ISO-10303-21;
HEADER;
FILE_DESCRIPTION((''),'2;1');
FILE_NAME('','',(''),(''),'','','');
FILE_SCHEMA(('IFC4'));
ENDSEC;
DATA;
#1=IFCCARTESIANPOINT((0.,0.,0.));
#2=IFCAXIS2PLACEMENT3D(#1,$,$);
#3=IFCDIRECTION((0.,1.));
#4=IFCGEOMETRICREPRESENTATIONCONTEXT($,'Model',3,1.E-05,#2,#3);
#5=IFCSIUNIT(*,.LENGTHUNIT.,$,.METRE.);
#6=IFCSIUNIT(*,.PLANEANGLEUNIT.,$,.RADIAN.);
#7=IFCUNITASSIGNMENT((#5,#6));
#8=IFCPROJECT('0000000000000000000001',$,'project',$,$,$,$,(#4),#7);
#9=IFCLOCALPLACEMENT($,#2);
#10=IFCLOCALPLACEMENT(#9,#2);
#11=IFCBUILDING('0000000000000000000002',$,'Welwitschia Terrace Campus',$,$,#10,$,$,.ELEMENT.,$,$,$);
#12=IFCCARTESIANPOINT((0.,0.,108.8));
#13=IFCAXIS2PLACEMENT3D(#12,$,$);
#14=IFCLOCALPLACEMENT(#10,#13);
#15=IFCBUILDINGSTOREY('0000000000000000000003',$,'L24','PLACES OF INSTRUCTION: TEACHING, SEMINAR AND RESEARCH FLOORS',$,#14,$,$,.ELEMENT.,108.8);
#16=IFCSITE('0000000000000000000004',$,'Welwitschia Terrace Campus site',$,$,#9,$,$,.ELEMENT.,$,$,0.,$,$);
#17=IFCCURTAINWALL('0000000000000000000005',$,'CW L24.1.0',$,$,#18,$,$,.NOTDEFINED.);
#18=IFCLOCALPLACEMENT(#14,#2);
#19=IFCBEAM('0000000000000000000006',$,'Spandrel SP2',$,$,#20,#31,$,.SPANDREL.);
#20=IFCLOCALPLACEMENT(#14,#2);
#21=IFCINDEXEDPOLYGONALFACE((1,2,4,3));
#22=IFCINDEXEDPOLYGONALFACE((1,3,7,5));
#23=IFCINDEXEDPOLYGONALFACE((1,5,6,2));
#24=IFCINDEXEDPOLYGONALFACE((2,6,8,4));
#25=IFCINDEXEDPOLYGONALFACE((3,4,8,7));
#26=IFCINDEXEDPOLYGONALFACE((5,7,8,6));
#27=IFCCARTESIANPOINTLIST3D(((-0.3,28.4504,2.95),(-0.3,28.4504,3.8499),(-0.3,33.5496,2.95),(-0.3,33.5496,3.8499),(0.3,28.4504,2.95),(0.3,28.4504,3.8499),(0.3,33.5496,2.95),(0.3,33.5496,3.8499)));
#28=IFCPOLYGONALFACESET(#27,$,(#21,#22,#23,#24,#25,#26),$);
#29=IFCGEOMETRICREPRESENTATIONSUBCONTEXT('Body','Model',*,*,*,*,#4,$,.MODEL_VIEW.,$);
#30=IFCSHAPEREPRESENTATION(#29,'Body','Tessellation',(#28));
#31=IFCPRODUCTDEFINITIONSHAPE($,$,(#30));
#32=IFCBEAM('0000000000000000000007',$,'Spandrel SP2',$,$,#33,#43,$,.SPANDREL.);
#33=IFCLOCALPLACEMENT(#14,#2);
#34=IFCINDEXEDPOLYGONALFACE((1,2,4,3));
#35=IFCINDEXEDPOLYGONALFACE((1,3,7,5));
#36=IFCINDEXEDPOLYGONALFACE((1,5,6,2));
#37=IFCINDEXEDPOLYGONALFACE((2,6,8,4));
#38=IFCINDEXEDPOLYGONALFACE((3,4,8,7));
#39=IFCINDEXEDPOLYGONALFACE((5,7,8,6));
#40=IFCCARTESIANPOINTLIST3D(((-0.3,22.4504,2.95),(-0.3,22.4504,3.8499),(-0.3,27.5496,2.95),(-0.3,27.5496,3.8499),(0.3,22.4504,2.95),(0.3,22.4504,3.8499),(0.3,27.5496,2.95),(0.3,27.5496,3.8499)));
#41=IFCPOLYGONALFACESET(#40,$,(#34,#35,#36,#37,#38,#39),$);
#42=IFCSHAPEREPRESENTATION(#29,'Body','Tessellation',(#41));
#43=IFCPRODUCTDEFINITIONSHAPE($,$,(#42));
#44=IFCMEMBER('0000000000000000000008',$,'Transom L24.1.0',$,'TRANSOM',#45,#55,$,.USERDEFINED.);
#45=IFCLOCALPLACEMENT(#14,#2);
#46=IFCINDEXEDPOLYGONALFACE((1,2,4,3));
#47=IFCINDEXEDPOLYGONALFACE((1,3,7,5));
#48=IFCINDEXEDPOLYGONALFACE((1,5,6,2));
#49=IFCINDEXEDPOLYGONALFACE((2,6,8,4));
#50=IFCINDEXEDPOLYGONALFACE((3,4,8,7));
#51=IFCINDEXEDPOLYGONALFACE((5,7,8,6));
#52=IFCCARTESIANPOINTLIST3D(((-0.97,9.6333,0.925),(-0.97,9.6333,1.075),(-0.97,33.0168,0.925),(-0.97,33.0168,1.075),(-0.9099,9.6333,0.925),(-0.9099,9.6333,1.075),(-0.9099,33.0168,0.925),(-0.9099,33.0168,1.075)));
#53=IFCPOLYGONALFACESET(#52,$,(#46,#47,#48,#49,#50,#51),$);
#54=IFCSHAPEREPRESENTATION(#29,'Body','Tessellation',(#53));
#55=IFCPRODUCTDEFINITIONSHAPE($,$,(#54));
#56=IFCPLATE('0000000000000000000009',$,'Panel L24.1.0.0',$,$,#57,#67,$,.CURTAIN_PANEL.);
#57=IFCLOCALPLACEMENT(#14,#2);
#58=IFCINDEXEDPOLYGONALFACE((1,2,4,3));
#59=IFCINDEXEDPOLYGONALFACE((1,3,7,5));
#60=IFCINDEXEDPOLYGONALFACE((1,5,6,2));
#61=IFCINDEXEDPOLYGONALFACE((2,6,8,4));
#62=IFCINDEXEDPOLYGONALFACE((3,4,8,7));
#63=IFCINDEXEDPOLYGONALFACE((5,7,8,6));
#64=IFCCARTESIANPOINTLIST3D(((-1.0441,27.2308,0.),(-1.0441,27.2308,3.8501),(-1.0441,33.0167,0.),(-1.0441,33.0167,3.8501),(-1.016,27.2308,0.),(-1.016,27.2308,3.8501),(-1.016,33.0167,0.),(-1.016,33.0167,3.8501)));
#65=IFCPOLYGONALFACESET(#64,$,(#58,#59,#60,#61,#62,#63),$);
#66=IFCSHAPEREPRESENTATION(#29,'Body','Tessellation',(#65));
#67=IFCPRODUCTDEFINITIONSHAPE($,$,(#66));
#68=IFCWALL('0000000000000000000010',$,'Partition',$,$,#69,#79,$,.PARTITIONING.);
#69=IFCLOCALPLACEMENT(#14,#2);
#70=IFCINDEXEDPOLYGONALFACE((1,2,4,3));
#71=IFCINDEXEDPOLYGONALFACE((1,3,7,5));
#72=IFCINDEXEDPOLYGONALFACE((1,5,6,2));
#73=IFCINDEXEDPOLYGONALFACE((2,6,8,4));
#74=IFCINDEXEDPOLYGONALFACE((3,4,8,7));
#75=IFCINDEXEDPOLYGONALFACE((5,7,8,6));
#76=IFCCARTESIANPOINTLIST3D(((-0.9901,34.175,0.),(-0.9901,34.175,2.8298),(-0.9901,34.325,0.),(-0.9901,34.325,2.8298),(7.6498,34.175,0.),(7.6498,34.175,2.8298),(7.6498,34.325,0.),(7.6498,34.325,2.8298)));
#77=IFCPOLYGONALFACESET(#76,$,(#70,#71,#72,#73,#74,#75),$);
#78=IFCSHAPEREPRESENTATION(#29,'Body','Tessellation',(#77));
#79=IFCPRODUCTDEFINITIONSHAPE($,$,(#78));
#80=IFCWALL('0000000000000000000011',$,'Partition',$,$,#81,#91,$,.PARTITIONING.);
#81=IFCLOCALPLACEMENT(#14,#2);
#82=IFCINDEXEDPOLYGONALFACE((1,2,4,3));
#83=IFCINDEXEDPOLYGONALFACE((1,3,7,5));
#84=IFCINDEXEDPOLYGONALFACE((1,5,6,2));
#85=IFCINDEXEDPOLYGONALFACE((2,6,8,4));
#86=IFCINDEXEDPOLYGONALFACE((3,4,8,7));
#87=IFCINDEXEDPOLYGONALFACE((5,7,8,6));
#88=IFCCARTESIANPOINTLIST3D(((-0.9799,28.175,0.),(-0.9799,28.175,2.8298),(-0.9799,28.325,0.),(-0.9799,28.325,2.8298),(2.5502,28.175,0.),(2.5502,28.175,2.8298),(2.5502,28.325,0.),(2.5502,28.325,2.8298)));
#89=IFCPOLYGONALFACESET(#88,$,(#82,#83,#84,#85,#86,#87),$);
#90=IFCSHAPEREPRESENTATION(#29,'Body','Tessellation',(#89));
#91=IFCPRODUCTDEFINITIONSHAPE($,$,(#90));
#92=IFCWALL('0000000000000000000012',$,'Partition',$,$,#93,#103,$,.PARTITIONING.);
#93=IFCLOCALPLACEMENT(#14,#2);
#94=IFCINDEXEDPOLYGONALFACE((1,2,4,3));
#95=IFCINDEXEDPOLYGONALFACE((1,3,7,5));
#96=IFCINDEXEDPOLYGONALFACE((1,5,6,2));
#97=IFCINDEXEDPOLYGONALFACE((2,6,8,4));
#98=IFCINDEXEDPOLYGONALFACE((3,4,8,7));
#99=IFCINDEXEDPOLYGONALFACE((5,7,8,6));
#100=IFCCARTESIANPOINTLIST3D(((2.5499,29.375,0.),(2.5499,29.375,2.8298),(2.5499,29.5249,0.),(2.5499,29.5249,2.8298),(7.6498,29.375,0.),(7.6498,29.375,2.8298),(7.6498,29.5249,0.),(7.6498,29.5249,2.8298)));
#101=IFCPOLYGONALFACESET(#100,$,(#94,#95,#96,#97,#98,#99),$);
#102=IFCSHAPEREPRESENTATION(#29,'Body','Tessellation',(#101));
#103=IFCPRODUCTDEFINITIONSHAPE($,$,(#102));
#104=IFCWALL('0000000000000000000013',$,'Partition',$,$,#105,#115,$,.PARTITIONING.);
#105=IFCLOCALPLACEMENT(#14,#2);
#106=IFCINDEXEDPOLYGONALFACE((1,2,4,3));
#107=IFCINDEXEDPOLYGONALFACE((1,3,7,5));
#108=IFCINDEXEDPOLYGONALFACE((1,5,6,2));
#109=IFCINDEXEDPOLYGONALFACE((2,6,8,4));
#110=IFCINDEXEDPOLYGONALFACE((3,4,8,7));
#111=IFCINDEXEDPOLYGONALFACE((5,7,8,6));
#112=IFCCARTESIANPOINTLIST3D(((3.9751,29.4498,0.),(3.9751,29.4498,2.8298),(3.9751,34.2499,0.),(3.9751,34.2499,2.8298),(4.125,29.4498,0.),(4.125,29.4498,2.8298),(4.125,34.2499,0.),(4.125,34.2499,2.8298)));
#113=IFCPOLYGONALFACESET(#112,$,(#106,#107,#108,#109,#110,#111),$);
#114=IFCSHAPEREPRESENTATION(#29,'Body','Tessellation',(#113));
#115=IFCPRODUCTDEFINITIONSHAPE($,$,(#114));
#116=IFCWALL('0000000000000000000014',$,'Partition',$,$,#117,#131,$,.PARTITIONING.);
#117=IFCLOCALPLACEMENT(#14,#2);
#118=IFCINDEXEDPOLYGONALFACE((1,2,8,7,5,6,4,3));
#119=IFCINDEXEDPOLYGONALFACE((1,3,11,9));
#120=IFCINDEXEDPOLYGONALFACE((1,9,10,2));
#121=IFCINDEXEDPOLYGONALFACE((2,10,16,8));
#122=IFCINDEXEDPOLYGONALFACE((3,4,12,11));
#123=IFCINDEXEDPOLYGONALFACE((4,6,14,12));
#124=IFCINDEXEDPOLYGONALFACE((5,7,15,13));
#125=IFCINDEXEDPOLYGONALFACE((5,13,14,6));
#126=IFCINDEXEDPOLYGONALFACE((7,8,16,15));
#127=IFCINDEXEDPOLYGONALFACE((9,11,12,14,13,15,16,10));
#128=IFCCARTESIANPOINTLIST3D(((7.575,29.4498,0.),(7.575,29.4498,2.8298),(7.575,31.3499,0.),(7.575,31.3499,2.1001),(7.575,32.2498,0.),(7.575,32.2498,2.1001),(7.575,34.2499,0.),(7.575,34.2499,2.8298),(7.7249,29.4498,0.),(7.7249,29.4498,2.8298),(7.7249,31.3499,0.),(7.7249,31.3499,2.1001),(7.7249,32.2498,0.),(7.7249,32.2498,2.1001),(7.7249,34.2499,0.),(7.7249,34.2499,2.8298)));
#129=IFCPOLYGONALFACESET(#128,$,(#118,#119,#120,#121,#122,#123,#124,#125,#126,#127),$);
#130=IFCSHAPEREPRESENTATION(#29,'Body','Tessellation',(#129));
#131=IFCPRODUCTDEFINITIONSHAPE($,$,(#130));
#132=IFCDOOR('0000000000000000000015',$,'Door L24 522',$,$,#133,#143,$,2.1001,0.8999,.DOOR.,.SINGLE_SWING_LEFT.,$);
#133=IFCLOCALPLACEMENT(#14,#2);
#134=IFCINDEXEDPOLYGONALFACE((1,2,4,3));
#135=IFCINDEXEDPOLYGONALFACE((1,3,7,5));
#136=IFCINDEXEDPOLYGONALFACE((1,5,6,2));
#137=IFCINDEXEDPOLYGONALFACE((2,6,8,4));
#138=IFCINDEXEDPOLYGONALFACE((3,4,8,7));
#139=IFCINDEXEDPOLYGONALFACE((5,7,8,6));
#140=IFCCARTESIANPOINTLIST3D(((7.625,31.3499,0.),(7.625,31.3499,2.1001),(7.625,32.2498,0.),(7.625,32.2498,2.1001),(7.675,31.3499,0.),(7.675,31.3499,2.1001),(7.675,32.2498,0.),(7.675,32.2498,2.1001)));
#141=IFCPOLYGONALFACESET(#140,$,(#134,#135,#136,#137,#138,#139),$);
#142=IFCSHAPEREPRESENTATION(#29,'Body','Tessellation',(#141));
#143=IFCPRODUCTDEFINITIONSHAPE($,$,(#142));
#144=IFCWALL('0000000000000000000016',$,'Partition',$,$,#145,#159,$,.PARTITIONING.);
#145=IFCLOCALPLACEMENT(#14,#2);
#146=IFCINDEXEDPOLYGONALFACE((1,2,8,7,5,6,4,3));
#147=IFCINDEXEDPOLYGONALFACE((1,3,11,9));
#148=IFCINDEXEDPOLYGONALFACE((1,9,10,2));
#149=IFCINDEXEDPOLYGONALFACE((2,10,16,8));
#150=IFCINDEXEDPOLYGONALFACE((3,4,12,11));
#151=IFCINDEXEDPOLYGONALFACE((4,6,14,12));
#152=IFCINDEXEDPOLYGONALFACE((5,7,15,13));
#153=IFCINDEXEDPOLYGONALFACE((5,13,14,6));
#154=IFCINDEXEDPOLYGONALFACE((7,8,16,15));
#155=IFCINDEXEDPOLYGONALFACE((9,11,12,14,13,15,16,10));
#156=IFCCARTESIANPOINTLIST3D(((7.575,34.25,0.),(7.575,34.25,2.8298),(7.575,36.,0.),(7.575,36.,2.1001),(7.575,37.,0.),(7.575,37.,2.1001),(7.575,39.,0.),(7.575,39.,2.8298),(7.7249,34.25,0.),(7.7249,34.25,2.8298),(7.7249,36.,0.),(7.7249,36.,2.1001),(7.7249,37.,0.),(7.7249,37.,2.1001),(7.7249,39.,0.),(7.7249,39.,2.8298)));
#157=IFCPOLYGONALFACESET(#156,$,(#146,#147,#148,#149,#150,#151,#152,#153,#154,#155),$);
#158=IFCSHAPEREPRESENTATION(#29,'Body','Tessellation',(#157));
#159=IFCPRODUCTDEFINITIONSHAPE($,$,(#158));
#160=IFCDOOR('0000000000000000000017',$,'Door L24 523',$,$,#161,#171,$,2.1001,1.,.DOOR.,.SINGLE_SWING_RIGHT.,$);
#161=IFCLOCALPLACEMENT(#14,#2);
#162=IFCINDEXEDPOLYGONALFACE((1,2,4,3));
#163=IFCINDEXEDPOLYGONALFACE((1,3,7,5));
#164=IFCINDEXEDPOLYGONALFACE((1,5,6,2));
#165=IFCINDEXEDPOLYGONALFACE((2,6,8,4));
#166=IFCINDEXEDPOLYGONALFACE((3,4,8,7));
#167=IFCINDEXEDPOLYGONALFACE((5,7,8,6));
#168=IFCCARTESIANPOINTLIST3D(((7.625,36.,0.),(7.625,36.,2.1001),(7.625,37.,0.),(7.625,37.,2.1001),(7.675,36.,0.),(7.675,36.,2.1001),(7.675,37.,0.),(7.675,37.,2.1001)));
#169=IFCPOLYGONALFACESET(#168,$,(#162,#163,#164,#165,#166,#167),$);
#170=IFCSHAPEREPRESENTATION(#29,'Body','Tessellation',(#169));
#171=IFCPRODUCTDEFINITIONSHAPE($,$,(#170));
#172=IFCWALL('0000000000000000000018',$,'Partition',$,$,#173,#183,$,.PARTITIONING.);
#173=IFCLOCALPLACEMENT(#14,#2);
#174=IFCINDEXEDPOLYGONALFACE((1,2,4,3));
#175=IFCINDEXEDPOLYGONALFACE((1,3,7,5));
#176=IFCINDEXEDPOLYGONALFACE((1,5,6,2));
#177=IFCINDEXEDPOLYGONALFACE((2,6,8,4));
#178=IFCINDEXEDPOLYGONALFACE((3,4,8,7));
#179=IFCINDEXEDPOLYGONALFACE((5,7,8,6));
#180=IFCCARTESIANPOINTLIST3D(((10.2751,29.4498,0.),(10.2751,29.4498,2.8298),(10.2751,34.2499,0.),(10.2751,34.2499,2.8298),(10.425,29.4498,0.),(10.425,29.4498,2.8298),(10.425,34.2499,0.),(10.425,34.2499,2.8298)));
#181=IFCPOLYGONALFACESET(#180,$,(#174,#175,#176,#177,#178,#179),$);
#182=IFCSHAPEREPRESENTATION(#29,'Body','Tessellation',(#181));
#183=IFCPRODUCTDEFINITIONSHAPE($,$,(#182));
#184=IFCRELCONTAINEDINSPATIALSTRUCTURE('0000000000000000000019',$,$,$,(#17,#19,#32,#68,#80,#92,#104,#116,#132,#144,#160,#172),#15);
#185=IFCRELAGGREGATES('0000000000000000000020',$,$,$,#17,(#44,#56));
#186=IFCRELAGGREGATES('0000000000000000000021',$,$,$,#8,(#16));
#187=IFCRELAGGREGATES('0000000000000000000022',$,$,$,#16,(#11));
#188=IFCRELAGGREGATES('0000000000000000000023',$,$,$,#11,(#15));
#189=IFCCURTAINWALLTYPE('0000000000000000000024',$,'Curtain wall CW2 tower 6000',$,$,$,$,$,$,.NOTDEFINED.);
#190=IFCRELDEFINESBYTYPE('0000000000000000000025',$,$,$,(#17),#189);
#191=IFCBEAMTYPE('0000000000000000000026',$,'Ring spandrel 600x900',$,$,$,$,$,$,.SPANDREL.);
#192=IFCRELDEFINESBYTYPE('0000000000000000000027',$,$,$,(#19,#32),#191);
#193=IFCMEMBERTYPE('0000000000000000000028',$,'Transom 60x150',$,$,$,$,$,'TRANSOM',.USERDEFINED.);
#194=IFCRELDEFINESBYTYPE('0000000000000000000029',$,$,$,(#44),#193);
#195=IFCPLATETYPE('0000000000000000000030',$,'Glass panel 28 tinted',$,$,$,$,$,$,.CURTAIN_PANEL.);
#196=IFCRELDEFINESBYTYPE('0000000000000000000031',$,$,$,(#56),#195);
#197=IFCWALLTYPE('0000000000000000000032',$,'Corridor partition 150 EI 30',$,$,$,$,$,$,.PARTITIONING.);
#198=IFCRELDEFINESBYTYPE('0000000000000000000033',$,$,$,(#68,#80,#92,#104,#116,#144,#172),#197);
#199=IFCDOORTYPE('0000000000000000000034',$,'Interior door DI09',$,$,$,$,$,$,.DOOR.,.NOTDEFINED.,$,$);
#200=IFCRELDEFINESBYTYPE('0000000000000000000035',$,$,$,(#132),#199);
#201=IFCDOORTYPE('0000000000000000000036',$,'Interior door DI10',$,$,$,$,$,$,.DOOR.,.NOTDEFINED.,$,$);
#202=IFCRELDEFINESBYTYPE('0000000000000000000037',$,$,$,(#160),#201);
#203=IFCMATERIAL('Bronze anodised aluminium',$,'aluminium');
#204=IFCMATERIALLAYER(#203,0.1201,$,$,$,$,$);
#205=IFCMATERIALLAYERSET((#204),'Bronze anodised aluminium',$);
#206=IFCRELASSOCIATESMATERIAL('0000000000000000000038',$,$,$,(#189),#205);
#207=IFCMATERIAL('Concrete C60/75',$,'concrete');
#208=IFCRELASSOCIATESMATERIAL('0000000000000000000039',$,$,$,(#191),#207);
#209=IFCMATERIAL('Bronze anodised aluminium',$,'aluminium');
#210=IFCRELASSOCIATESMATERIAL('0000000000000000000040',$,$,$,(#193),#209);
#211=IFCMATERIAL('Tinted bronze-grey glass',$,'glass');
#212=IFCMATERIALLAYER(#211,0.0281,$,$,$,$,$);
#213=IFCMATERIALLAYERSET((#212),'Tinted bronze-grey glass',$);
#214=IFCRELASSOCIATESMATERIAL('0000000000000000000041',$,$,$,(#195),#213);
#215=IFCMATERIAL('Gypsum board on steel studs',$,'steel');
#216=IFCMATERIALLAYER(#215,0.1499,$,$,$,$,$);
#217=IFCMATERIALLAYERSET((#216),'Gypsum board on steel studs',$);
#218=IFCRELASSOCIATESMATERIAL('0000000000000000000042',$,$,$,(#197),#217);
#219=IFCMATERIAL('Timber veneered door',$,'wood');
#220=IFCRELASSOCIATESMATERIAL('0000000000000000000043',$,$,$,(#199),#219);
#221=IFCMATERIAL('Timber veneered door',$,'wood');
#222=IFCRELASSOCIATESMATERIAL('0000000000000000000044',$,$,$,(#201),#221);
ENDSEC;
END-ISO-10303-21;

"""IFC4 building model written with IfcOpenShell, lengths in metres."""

from ifc_helpers import new_model, si_unit, direction, frame, frame_2d, origin, origin_2d, place, context, subcontext, project, spatial, rectangle, extrude, material, layer, layer_set, material_profile, profile_set, type_object, element, fill, aggregate, save


model = new_model("IFC4")

# Units and contexts
model_context = context("Model", 3, precision=1e-05, world=origin(), true_north=direction((0.0, 1.0)))
body_context = subcontext(model_context, "Body", "Model", "MODEL_VIEW")
ifc_project = project(units=[si_unit("LENGTHUNIT", "METRE"), si_unit("PLANEANGLEUNIT", "RADIAN")], contexts=[model_context])

# Site, building, storey
site_placement = place(None, origin())
site = spatial("IfcSite", under=ifc_project, at=site_placement, Name="Welwitschia Terrace Campus site", CompositionType="ELEMENT", RefElevation=0.0)
building_placement = place(site_placement, origin())
building = spatial("IfcBuilding", under=site, at=building_placement, Name="Welwitschia Terrace Campus", CompositionType="ELEMENT")
storey_placement = place(building_placement, frame((0.0, 0.0, 108.8)))
storey = spatial("IfcBuildingStorey", under=building, at=storey_placement, Name="L24", Description="PLACES OF INSTRUCTION: TEACHING, SEMINAR AND RESEARCH FLOORS", CompositionType="ELEMENT", Elevation=108.8)

# Shared definitions
ifc_material_1 = material(Name="Bronze anodised aluminium", Category="aluminium")
ifc_layer_1 = layer(ifc_material_1, 0.1201)
ifc_layer_set_1 = layer_set([ifc_layer_1], Name="Bronze anodised aluminium")
curtain_wall_type = type_object("IfcCurtainWallType", Name="Curtain wall CW2 tower 6000", PredefinedType="NOTDEFINED", material=ifc_layer_set_1)

# Curtain wall
curtain_wall_1_placement = place(storey_placement, origin())
curtain_wall_1 = element("IfcCurtainWall", 1, at=curtain_wall_1_placement, inside=storey, type_object=curtain_wall_type, Name="CW L24.1.0", PredefinedType="NOTDEFINED")

# Beams
ifc_material_2 = material(Name="Concrete C60/75", Category="concrete")
ifc_material_profile_1 = material_profile(ifc_material_2, rectangle(XDim=0.6001, YDim=0.8999, at=origin_2d()))
ifc_profile_set_1 = profile_set([ifc_material_profile_1], Name="Concrete C60/75")
beam_type_1 = type_object("IfcBeamType", Name="Ring spandrel 600x900", PredefinedType="SPANDREL", material=ifc_profile_set_1)
for number, where, z_axis, x_axis, name in (
    (2, (0.0, 33.5496, 3.3999), (0.0, -1.0, 0.0), (1.0, 0.0, 0.0), "Spandrel SP2"),
    (3, (0.0, 27.5496, 3.3999), (0.0, -1.0, 0.0), (1.0, 0.0, 0.0), "Spandrel SP2"),
):
    element("IfcBeam", number, at=place(storey_placement, frame(where, z_axis=z_axis, x_axis=x_axis)), inside=storey, type_object=beam_type_1, Name=name, PredefinedType="SPANDREL", context=body_context, shape_type="SweptSolid", body=[
        extrude(rectangle(XDim=0.6001, YDim=0.8999, at=origin_2d()), origin(), (0.0, 0.0, 1.0), 5.0991),
    ])

# Member
ifc_material_3 = material(Name="Bronze anodised aluminium", Category="aluminium")
ifc_material_profile_2 = material_profile(ifc_material_3, rectangle(XDim=0.0601, YDim=0.1499, at=origin_2d()))
ifc_profile_set_2 = profile_set([ifc_material_profile_2], Name="Bronze anodised aluminium")
member_type_1 = type_object("IfcMemberType", Name="Transom 60x150", ElementType="TRANSOM", PredefinedType="USERDEFINED", material=ifc_profile_set_2)
member_1_placement = place(storey_placement, frame((-0.9399, 33.0168, 1.0), z_axis=(0.0, -1.0, 0.0), x_axis=(1.0, 0.0, 0.0)))
member_1 = element("IfcMember", 4, at=member_1_placement, type_object=member_type_1, Name="Transom L24.1.0", ObjectType="TRANSOM", PredefinedType="USERDEFINED", context=body_context, shape_type="SweptSolid", body=[
    extrude(rectangle(XDim=0.0601, YDim=0.1499, at=origin_2d()), origin(), (0.0, 0.0, 1.0), 23.3835),
])

# Plate
ifc_material_4 = material(Name="Tinted bronze-grey glass", Category="glass")
ifc_layer_2 = layer(ifc_material_4, 0.0281)
ifc_layer_set_2 = layer_set([ifc_layer_2], Name="Tinted bronze-grey glass")
plate_type = type_object("IfcPlateType", Name="Glass panel 28 tinted", PredefinedType="CURTAIN_PANEL", material=ifc_layer_set_2)
plate_placement = place(storey_placement, frame((-1.03, 30.1238, 0.0), z_axis=(0.0, 0.0, 1.0), x_axis=(0.0, -1.0, 0.0)))
plate = element("IfcPlate", 5, at=plate_placement, type_object=plate_type, Name="Panel L24.1.0.0", PredefinedType="CURTAIN_PANEL", context=body_context, shape_type="SweptSolid", body=[
    extrude(rectangle(XDim=5.7859, YDim=0.0281, at=origin_2d()), origin(), (0.0, 0.0, 1.0), 3.8501),
])
aggregate(curtain_wall_1, [member_1, plate])

# Walls
ifc_material_5 = material(Name="Gypsum board on steel studs", Category="steel")
ifc_layer_3 = layer(ifc_material_5, 0.1499)
ifc_layer_set_3 = layer_set([ifc_layer_3], Name="Gypsum board on steel studs")
wall_type = type_object("IfcWallType", Name="Corridor partition 150 EI 30", PredefinedType="PARTITIONING", material=ifc_layer_set_3)
wall_1_placement = place(storey_placement, frame((-0.99, 34.25, 0.0), z_axis=(0.0, 0.0, 1.0), x_axis=(1.0, 0.0, 0.0)))
element("IfcWall", 6, at=wall_1_placement, inside=storey, type_object=wall_type, Name="Partition", PredefinedType="PARTITIONING", context=body_context, shape_type="SweptSolid", body=[
    extrude(rectangle(XDim=8.6399, YDim=0.1499, at=frame_2d((4.3198, 0.0))), origin(), (0.0, 0.0, 1.0), 2.8298),
])
wall_2_placement = place(storey_placement, frame((-0.98, 28.25, 0.0), z_axis=(0.0, 0.0, 1.0), x_axis=(1.0, 0.0, 0.0)))
element("IfcWall", 7, at=wall_2_placement, inside=storey, type_object=wall_type, Name="Partition", PredefinedType="PARTITIONING", context=body_context, shape_type="SweptSolid", body=[
    extrude(rectangle(XDim=3.53, YDim=0.1499, at=frame_2d((1.7651, 0.0))), origin(), (0.0, 0.0, 1.0), 2.8298),
])
wall_3_placement = place(storey_placement, frame((2.55, 29.45, 0.0), z_axis=(0.0, 0.0, 1.0), x_axis=(1.0, 0.0, 0.0)))
element("IfcWall", 8, at=wall_3_placement, inside=storey, type_object=wall_type, Name="Partition", PredefinedType="PARTITIONING", context=body_context, shape_type="SweptSolid", body=[
    extrude(rectangle(XDim=5.0999, YDim=0.1499, at=frame_2d((2.5498, 0.0))), origin(), (0.0, 0.0, 1.0), 2.8298),
])
wall_4_placement = place(storey_placement, frame((4.05, 29.45, 0.0), z_axis=(0.0, 0.0, 1.0), x_axis=(0.0, 1.0, 0.0)))
element("IfcWall", 9, at=wall_4_placement, inside=storey, type_object=wall_type, Name="Partition", PredefinedType="PARTITIONING", context=body_context, shape_type="SweptSolid", body=[
    extrude(rectangle(XDim=4.8, YDim=0.1499, at=frame_2d((2.3999, 0.0))), origin(), (0.0, 0.0, 1.0), 2.8298),
])

# Walls, openings, doors
wall_5_placement = place(storey_placement, frame((7.6499, 29.45, 0.0), z_axis=(0.0, 0.0, 1.0), x_axis=(0.0, 1.0, 0.0)))
wall_5 = element("IfcWall", 10, at=wall_5_placement, inside=storey, type_object=wall_type, Name="Partition", PredefinedType="PARTITIONING", context=body_context, shape_type="SweptSolid", body=[
    extrude(rectangle(XDim=4.8, YDim=0.1499, at=frame_2d((2.3999, 0.0))), origin(), (0.0, 0.0, 1.0), 2.8298),
])
opening_1_placement = place(wall_5_placement, frame((1.8999, 0.0, 0.0)))
opening_1 = element("IfcOpeningElement", 11, at=opening_1_placement, cuts=wall_5, PredefinedType="OPENING", context=body_context, shape_type="SweptSolid", body=[
    extrude(rectangle(XDim=0.8999, YDim=2.1001, at=frame_2d((0.45, 1.05))), frame((0.0, 0.085, 0.0), z_axis=(0.0, -1.0, 0.0), x_axis=(1.0, 0.0, 0.0)), (0.0, 0.0, 1.0), 0.1699),
])
ifc_material_6 = material(Name="Timber veneered door", Category="wood")
door_type_1 = type_object("IfcDoorType", Name="Interior door DI09", OperationType="NOTDEFINED", PredefinedType="DOOR", material=ifc_material_6)
door_1_placement = place(opening_1_placement, origin())
door_1 = element("IfcDoor", 12, at=door_1_placement, inside=storey, type_object=door_type_1, Name="Door L24 522", OperationType="SINGLE_SWING_LEFT", OverallHeight=2.1001, OverallWidth=0.8999, PredefinedType="DOOR", context=body_context, shape_type="SweptSolid", body=[
    extrude(rectangle(XDim=0.8999, YDim=2.1001, at=frame_2d((0.45, 1.05))), frame((0.0, 0.0249, 0.0), z_axis=(0.0, -1.0, 0.0), x_axis=(1.0, 0.0, 0.0)), (0.0, 0.0, 1.0), 0.05),
])
fill(opening_1, door_1)
wall_6_placement = place(storey_placement, frame((7.6499, 34.25, 0.0), z_axis=(0.0, 0.0, 1.0), x_axis=(0.0, 1.0, 0.0)))
wall_6 = element("IfcWall", 13, at=wall_6_placement, inside=storey, type_object=wall_type, Name="Partition", PredefinedType="PARTITIONING", context=body_context, shape_type="SweptSolid", body=[
    extrude(rectangle(XDim=4.75, YDim=0.1499, at=frame_2d((2.375, 0.0))), origin(), (0.0, 0.0, 1.0), 2.8298),
])
opening_2_placement = place(wall_6_placement, frame((1.75, 0.0, 0.0)))
opening_2 = element("IfcOpeningElement", 14, at=opening_2_placement, cuts=wall_6, PredefinedType="OPENING", context=body_context, shape_type="SweptSolid", body=[
    extrude(rectangle(XDim=1.0, YDim=2.1001, at=frame_2d((0.5, 1.05))), frame((0.0, 0.085, 0.0), z_axis=(0.0, -1.0, 0.0), x_axis=(1.0, 0.0, 0.0)), (0.0, 0.0, 1.0), 0.1699),
])
ifc_material_7 = material(Name="Timber veneered door", Category="wood")
door_type_2 = type_object("IfcDoorType", Name="Interior door DI10", OperationType="NOTDEFINED", PredefinedType="DOOR", material=ifc_material_7)
door_2_placement = place(opening_2_placement, origin())
door_2 = element("IfcDoor", 15, at=door_2_placement, inside=storey, type_object=door_type_2, Name="Door L24 523", OperationType="SINGLE_SWING_RIGHT", OverallHeight=2.1001, OverallWidth=1.0, PredefinedType="DOOR", context=body_context, shape_type="SweptSolid", body=[
    extrude(rectangle(XDim=1.0, YDim=2.1001, at=frame_2d((0.5, 1.05))), frame((0.0, 0.0249, 0.0), z_axis=(0.0, -1.0, 0.0), x_axis=(1.0, 0.0, 0.0)), (0.0, 0.0, 1.0), 0.05),
])
fill(opening_2, door_2)

# Wall
wall_7_placement = place(storey_placement, frame((10.3501, 29.45, 0.0), z_axis=(0.0, 0.0, 1.0), x_axis=(0.0, 1.0, 0.0)))
element("IfcWall", 16, at=wall_7_placement, inside=storey, type_object=wall_type, Name="Partition", PredefinedType="PARTITIONING", context=body_context, shape_type="SweptSolid", body=[
    extrude(rectangle(XDim=4.8, YDim=0.1499, at=frame_2d((2.3999, 0.0))), origin(), (0.0, 0.0, 1.0), 2.8298),
])

save(model, "model.ifc")
